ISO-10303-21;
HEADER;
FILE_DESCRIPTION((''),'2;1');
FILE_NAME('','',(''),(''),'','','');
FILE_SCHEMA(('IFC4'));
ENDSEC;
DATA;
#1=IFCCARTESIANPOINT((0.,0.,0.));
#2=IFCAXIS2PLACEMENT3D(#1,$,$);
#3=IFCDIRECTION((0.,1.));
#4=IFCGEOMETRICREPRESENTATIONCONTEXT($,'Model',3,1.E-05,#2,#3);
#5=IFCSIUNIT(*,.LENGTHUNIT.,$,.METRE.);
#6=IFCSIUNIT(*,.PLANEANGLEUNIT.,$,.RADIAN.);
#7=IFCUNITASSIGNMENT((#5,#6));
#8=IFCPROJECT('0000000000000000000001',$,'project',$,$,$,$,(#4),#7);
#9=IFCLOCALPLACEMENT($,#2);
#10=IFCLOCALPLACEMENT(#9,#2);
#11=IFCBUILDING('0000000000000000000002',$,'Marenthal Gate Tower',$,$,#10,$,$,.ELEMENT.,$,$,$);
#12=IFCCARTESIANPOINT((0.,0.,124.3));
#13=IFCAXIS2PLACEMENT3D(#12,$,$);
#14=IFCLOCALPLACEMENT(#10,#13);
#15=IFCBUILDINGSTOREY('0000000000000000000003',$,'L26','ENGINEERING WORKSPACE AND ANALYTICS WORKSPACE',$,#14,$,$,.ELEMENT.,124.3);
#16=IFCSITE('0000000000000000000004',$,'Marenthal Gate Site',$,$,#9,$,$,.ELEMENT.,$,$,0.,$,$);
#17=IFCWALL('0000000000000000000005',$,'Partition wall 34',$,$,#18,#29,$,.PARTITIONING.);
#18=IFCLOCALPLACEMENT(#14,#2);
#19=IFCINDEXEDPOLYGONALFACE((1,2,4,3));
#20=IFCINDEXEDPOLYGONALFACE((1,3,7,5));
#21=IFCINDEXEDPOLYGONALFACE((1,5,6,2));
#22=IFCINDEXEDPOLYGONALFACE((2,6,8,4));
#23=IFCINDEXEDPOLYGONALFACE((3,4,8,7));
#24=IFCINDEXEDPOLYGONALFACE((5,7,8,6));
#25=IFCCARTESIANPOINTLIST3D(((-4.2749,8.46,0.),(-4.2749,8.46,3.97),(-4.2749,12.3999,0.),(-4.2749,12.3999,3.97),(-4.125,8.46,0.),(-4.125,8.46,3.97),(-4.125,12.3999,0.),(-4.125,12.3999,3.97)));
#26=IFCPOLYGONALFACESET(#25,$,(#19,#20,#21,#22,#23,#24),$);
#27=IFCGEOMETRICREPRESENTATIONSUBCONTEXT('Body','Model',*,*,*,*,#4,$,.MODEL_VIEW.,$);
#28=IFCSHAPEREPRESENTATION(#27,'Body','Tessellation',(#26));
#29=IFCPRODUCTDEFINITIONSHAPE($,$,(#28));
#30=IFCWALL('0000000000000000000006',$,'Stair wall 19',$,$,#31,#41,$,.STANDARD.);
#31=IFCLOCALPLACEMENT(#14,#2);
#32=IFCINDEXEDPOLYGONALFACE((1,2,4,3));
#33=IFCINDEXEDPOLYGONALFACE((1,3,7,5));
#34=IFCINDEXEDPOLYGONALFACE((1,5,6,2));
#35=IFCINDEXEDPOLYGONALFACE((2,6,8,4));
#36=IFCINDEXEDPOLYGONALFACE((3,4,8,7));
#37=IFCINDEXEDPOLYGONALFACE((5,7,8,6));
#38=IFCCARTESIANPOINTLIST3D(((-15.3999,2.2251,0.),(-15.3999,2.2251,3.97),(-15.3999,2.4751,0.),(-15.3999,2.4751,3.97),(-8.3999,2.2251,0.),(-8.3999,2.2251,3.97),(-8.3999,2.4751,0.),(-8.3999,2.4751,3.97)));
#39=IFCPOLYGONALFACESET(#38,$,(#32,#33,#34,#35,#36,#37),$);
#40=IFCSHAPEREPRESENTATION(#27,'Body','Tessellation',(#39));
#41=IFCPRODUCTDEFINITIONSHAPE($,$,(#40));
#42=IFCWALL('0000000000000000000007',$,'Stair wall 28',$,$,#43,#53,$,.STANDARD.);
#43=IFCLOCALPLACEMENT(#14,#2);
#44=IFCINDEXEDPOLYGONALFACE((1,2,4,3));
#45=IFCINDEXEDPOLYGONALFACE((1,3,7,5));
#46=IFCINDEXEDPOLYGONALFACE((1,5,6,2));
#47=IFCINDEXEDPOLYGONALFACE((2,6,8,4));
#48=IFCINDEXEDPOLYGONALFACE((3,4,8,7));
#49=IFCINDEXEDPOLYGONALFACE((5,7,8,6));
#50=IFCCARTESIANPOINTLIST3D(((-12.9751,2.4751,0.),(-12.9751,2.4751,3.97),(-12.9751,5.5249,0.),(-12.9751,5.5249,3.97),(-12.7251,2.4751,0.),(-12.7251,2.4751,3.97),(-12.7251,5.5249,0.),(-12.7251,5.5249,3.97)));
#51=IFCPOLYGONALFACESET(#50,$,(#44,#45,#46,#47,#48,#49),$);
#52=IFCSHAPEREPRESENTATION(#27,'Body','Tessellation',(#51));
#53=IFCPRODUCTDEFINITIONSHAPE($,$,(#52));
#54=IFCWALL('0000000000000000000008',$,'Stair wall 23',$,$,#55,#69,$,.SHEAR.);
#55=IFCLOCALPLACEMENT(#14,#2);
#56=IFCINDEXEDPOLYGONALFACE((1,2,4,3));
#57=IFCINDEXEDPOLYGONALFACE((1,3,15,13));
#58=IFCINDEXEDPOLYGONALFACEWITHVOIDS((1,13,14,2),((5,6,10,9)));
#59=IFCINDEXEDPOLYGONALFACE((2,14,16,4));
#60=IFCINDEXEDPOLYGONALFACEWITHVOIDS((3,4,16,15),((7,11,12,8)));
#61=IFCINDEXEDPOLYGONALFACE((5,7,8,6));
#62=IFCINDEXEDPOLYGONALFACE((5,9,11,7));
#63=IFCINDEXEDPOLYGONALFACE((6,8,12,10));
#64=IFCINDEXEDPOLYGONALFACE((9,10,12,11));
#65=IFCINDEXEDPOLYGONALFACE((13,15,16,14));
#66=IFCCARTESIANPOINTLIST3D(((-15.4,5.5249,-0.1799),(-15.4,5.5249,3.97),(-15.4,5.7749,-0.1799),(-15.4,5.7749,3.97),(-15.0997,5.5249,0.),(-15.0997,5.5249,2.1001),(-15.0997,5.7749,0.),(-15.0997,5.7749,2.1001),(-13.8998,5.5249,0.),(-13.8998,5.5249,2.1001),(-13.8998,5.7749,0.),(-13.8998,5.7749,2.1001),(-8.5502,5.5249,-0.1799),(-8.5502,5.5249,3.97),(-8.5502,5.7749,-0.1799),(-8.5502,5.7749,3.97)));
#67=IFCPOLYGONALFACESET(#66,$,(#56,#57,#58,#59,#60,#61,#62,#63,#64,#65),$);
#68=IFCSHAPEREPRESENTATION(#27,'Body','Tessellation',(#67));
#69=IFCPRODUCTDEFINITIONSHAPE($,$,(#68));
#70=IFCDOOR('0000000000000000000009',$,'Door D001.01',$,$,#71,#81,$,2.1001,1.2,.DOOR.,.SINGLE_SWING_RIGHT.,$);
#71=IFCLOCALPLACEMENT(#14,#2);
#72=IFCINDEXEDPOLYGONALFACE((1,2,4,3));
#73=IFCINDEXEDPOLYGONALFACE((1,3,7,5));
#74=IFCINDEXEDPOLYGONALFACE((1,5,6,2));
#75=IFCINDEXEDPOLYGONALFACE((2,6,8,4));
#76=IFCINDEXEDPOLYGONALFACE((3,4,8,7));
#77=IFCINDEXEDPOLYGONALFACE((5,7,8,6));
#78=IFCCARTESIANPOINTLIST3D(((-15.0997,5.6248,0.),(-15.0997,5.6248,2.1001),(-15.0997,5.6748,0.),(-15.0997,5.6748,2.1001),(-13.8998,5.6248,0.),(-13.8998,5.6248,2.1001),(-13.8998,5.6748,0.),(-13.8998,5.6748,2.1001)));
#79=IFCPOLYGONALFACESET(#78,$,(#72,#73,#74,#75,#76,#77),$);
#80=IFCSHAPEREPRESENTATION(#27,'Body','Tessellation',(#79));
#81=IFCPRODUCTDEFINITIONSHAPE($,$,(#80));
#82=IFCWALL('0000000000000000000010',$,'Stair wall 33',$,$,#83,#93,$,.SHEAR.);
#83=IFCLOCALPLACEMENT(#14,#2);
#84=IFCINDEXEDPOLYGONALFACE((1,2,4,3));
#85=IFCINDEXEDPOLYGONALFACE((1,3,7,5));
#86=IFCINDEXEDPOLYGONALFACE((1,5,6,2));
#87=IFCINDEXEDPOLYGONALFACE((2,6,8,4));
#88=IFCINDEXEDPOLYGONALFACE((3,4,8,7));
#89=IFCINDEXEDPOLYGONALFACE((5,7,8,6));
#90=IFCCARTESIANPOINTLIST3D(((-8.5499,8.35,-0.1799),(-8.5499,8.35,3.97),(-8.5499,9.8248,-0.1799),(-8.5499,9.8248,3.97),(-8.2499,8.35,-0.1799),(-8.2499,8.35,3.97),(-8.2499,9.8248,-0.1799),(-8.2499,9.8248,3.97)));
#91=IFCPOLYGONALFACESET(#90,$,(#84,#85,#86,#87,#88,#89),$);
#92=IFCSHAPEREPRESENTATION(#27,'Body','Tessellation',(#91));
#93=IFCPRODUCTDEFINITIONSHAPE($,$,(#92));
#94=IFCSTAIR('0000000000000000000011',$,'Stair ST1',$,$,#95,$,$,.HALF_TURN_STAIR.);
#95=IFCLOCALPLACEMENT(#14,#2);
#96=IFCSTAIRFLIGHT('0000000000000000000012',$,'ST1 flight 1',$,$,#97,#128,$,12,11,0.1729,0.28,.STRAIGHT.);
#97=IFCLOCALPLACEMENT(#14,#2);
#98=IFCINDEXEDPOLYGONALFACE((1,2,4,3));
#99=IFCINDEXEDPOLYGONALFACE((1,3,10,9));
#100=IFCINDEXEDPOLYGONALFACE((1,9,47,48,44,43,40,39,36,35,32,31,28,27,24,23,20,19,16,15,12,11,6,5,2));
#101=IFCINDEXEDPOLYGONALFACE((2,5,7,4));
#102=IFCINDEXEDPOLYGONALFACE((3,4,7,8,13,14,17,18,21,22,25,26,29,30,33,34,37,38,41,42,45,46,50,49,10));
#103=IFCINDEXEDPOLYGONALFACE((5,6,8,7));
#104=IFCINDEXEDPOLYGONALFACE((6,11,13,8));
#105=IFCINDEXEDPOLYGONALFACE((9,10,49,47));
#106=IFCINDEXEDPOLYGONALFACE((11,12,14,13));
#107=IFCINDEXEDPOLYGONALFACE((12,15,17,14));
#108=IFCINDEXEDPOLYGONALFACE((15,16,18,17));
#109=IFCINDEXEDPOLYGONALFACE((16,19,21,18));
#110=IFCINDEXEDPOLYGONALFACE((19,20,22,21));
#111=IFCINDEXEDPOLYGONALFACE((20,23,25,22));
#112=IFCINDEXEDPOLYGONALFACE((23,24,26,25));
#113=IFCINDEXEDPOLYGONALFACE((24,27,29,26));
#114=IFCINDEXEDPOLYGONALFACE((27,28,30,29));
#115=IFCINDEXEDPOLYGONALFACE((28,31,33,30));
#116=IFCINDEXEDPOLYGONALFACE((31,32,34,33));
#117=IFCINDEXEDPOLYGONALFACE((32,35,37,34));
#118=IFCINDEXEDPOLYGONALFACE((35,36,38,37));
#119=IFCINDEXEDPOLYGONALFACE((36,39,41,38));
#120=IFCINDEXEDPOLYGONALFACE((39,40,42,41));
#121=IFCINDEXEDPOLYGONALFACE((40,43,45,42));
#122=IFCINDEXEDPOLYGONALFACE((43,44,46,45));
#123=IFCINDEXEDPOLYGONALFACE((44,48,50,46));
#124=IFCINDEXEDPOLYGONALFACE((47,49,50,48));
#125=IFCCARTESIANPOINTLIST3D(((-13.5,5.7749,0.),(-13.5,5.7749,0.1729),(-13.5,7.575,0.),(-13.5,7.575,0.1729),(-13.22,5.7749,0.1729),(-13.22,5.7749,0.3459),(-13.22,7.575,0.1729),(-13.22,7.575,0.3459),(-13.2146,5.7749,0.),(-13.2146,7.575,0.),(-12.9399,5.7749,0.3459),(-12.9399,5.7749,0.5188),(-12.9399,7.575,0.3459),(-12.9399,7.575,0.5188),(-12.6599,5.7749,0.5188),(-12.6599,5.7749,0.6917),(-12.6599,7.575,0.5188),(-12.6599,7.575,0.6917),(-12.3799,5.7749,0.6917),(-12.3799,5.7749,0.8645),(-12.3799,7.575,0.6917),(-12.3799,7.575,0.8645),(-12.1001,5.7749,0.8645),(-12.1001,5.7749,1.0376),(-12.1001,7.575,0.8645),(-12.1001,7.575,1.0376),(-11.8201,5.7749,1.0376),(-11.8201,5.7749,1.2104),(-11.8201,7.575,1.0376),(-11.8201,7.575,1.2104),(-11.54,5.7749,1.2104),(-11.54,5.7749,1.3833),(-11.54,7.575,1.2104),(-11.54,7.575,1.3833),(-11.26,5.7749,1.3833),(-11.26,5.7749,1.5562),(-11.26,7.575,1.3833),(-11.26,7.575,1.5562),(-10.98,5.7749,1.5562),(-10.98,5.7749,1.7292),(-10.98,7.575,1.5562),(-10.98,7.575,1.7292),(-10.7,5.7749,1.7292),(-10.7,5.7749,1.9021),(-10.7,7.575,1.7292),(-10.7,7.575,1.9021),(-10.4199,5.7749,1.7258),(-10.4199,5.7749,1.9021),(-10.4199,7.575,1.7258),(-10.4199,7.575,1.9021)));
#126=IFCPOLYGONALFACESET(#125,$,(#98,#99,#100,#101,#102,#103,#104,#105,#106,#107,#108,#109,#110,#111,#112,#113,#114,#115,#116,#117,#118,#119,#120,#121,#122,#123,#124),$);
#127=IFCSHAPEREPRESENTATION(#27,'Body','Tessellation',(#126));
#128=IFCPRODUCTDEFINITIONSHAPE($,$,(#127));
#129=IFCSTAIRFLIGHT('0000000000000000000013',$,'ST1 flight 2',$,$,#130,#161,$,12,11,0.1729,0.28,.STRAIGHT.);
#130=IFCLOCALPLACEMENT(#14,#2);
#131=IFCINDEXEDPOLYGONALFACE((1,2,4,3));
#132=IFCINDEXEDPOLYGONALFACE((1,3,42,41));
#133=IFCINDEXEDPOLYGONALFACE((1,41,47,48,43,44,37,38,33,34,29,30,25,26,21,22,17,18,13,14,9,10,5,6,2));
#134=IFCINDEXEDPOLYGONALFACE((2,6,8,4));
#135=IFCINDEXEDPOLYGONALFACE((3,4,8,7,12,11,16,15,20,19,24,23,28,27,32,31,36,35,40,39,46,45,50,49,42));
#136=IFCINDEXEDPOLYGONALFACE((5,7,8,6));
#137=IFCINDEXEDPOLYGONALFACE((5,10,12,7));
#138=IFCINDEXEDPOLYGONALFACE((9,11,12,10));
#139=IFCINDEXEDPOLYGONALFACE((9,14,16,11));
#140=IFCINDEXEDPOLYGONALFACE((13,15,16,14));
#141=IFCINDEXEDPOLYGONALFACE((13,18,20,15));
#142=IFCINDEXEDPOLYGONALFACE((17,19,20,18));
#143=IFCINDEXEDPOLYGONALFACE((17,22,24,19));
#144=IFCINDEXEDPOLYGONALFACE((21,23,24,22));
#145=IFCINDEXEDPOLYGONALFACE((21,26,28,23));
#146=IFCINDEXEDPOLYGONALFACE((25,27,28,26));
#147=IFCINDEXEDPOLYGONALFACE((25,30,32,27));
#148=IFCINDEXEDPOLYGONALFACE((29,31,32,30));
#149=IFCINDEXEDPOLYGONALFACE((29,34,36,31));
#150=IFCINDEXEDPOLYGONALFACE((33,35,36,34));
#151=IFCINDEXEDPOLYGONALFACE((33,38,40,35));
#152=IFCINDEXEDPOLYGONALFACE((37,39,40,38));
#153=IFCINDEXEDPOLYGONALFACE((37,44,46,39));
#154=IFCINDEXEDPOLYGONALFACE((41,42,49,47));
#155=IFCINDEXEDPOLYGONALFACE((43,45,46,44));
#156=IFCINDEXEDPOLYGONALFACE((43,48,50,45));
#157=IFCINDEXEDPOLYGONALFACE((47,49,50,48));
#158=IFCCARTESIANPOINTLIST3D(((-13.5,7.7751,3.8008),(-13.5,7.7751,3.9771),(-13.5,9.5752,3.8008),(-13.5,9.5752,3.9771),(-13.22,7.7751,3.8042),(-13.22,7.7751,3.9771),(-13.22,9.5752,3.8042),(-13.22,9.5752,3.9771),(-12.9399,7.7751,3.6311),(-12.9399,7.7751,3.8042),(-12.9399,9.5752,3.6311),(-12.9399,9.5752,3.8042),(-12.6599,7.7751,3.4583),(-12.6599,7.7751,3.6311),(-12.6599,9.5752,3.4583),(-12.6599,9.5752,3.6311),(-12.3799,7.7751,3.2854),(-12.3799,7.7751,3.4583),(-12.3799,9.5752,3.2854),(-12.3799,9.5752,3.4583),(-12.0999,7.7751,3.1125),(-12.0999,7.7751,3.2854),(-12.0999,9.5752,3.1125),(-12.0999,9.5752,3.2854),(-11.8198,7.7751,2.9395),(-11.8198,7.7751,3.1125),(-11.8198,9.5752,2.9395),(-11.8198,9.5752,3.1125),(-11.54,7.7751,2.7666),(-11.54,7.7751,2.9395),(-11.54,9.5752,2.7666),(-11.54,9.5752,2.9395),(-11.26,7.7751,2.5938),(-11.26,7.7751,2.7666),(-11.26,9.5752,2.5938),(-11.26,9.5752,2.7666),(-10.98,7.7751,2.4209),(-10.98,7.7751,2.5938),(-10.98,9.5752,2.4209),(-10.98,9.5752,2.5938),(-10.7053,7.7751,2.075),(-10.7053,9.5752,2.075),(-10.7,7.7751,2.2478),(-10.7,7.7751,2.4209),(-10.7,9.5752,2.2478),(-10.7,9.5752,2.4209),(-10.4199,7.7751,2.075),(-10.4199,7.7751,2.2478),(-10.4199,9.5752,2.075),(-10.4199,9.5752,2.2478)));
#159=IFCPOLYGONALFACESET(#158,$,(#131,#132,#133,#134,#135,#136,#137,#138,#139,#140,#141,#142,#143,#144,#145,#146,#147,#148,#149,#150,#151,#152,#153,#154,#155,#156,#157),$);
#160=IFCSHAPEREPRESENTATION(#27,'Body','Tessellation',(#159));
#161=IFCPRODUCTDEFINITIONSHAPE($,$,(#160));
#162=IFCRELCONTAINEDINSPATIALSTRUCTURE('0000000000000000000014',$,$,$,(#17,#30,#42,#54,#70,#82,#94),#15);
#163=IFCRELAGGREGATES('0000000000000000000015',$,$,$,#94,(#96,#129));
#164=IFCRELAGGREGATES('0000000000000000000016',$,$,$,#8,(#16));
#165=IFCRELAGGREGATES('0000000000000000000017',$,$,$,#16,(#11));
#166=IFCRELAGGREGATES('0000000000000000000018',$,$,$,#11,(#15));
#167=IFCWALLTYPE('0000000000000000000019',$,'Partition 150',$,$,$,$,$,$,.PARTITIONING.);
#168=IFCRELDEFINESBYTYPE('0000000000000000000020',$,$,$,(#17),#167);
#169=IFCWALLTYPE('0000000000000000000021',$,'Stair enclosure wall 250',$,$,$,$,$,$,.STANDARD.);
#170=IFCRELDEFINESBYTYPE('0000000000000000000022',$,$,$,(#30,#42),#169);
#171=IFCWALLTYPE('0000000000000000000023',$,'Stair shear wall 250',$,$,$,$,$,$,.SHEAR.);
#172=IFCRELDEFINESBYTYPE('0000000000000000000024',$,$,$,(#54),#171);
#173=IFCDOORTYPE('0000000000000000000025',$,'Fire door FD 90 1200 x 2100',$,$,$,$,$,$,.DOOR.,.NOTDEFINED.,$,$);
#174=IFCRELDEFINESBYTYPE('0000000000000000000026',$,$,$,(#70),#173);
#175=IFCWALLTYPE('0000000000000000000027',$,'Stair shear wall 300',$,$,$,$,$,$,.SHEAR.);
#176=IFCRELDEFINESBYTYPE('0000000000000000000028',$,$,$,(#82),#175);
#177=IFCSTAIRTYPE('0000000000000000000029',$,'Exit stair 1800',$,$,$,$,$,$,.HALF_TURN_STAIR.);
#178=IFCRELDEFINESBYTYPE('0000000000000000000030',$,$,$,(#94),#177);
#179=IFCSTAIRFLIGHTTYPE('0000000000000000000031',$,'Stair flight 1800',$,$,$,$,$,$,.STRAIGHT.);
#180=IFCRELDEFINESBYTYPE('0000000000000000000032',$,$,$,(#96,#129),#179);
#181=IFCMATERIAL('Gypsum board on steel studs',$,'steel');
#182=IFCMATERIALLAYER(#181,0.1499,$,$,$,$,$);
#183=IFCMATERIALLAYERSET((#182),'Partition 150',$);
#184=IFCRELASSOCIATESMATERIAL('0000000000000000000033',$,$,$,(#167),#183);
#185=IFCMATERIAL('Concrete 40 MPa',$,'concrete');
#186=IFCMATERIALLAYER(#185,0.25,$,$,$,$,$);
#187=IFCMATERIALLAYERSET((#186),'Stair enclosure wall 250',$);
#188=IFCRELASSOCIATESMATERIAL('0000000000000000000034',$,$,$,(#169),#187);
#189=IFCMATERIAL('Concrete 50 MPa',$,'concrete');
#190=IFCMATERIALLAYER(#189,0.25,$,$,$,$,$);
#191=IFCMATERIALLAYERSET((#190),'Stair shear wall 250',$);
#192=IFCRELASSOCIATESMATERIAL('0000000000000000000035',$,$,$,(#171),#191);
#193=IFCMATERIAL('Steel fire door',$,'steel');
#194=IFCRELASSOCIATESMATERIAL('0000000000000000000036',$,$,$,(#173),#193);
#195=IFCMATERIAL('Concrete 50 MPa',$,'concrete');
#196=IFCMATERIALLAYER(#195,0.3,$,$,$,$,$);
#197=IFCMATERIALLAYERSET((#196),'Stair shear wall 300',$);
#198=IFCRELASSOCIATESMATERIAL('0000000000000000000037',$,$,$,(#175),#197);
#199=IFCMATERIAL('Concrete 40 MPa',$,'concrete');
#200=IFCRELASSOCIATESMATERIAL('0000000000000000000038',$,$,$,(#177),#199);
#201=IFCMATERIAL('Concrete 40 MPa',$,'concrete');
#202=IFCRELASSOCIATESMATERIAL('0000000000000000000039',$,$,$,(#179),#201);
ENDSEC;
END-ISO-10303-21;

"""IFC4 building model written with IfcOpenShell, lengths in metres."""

from ifc_helpers import new_model, si_unit, direction, frame, frame_2d, origin, place, context, subcontext, project, spatial, polyline, rectangle, outline, extrude, material, layer, layer_set, type_object, element, fill, aggregate, save


model = new_model("IFC4")

# Units and contexts
model_context = context("Model", 3, precision=1e-05, world=origin(), true_north=direction((0.0, 1.0)))
body_context = subcontext(model_context, "Body", "Model", "MODEL_VIEW")
ifc_project = project(units=[si_unit("LENGTHUNIT", "METRE"), si_unit("PLANEANGLEUNIT", "RADIAN")], contexts=[model_context])

# Site, building, storey
site_placement = place(None, origin())
site = spatial("IfcSite", under=ifc_project, at=site_placement, Name="Marenthal Gate Site", CompositionType="ELEMENT", RefElevation=0.0)
building_placement = place(site_placement, origin())
building = spatial("IfcBuilding", under=site, at=building_placement, Name="Marenthal Gate Tower", CompositionType="ELEMENT")
storey_placement = place(building_placement, frame((0.0, 0.0, 124.3)))
storey = spatial("IfcBuildingStorey", under=building, at=storey_placement, Name="L26", Description="ENGINEERING WORKSPACE AND ANALYTICS WORKSPACE", CompositionType="ELEMENT", Elevation=124.3)

# Walls
ifc_material_1 = material(Name="Gypsum board on steel studs", Category="steel")
ifc_layer_1 = layer(ifc_material_1, 0.1499)
ifc_layer_set_1 = layer_set([ifc_layer_1], Name="Partition 150")
wall_type_1 = type_object("IfcWallType", Name="Partition 150", PredefinedType="PARTITIONING", material=ifc_layer_set_1)
wall_1_placement = place(storey_placement, frame((-4.2, 8.46, 0.0), z_axis=(0.0, 0.0, 1.0), x_axis=(0.0, 1.0, 0.0)))
element("IfcWall", 1, at=wall_1_placement, inside=storey, type_object=wall_type_1, Name="Partition wall 34", PredefinedType="PARTITIONING", context=body_context, shape_type="SweptSolid", body=[
    extrude(rectangle(XDim=3.9399, YDim=0.1499, at=frame_2d((1.97, 0.0))), origin(), (0.0, 0.0, 1.0), 3.97),
])
ifc_material_2 = material(Name="Concrete 40 MPa", Category="concrete")
ifc_layer_2 = layer(ifc_material_2, 0.25)
ifc_layer_set_2 = layer_set([ifc_layer_2], Name="Stair enclosure wall 250")
wall_type_2 = type_object("IfcWallType", Name="Stair enclosure wall 250", PredefinedType="STANDARD", material=ifc_layer_set_2)
wall_2_placement = place(storey_placement, frame((-15.3999, 2.3501, 0.0), z_axis=(0.0, 0.0, 1.0), x_axis=(1.0, 0.0, 0.0)))
element("IfcWall", 2, at=wall_2_placement, inside=storey, type_object=wall_type_2, Name="Stair wall 19", PredefinedType="STANDARD", context=body_context, shape_type="SweptSolid", body=[
    extrude(rectangle(XDim=7.0, YDim=0.25, at=frame_2d((3.5, 0.0))), origin(), (0.0, 0.0, 1.0), 3.97),
])
wall_3_placement = place(storey_placement, frame((-12.8501, 2.4751, 0.0), z_axis=(0.0, 0.0, 1.0), x_axis=(0.0, 1.0, 0.0)))
element("IfcWall", 3, at=wall_3_placement, inside=storey, type_object=wall_type_2, Name="Stair wall 28", PredefinedType="STANDARD", context=body_context, shape_type="SweptSolid", body=[
    extrude(rectangle(XDim=3.0498, YDim=0.25, at=frame_2d((1.5249, 0.0))), origin(), (0.0, 0.0, 1.0), 3.97),
])

# Wall, opening, door
ifc_material_3 = material(Name="Concrete 50 MPa", Category="concrete")
ifc_layer_3 = layer(ifc_material_3, 0.25)
ifc_layer_set_3 = layer_set([ifc_layer_3], Name="Stair shear wall 250")
wall_type_3 = type_object("IfcWallType", Name="Stair shear wall 250", PredefinedType="SHEAR", material=ifc_layer_set_3)
wall_4_placement = place(storey_placement, frame((-15.3999, 5.6499, -0.1799), z_axis=(0.0, 0.0, 1.0), x_axis=(1.0, 0.0, 0.0)))
wall_4 = element("IfcWall", 4, at=wall_4_placement, inside=storey, type_object=wall_type_3, Name="Stair wall 23", PredefinedType="SHEAR", context=body_context, shape_type="SweptSolid", body=[
    extrude(rectangle(XDim=6.8499, YDim=0.25, at=frame_2d((3.4248, 0.0))), origin(), (0.0, 0.0, 1.0), 4.1499),
])
opening_1_placement = place(wall_4_placement, frame((0.3, 0.0, 0.1799)))
opening_1 = element("IfcOpeningElement", 5, at=opening_1_placement, cuts=wall_4, PredefinedType="OPENING", context=body_context, shape_type="SweptSolid", body=[
    extrude(rectangle(XDim=1.2, YDim=2.1001, at=frame_2d((0.6001, 1.05))), frame((0.0, 0.135, 0.0), z_axis=(0.0, -1.0, 0.0), x_axis=(1.0, 0.0, 0.0)), (0.0, 0.0, 1.0), 0.27),
])
ifc_material_4 = material(Name="Steel fire door", Category="steel")
door_type_1 = type_object("IfcDoorType", Name="Fire door FD 90 1200 x 2100", OperationType="NOTDEFINED", PredefinedType="DOOR", material=ifc_material_4)
door_1_placement = place(opening_1_placement, origin())
door_1 = element("IfcDoor", 6, at=door_1_placement, inside=storey, type_object=door_type_1, Name="Door D001.01", OperationType="SINGLE_SWING_RIGHT", OverallHeight=2.1001, OverallWidth=1.2, PredefinedType="DOOR", context=body_context, shape_type="SweptSolid", body=[
    extrude(rectangle(XDim=1.2, YDim=2.1001, at=frame_2d((0.6001, 1.05))), frame((0.0, 0.0249, 0.0), z_axis=(0.0, -1.0, 0.0), x_axis=(1.0, 0.0, 0.0)), (0.0, 0.0, 1.0), 0.05),
])
fill(opening_1, door_1)

# Wall
ifc_material_5 = material(Name="Concrete 50 MPa", Category="concrete")
ifc_layer_4 = layer(ifc_material_5, 0.3)
ifc_layer_set_4 = layer_set([ifc_layer_4], Name="Stair shear wall 300")
wall_type_4 = type_object("IfcWallType", Name="Stair shear wall 300", PredefinedType="SHEAR", material=ifc_layer_set_4)
wall_5_placement = place(storey_placement, frame((-8.3999, 8.3501, -0.1799), z_axis=(0.0, 0.0, 1.0), x_axis=(0.0, 1.0, 0.0)))
element("IfcWall", 7, at=wall_5_placement, inside=storey, type_object=wall_type_4, Name="Stair wall 33", PredefinedType="SHEAR", context=body_context, shape_type="SweptSolid", body=[
    extrude(rectangle(XDim=1.4749, YDim=0.3, at=frame_2d((0.7373, 0.0))), origin(), (0.0, 0.0, 1.0), 4.1499),
])

# Stair, stair flights
ifc_material_6 = material(Name="Concrete 40 MPa", Category="concrete")
stair_type = type_object("IfcStairType", Name="Exit stair 1800", PredefinedType="HALF_TURN_STAIR", material=ifc_material_6)
stair_placement = place(storey_placement, origin())
stair = element("IfcStair", 8, at=stair_placement, inside=storey, type_object=stair_type, Name="Stair ST1", PredefinedType="HALF_TURN_STAIR")
ifc_material_7 = material(Name="Concrete 40 MPa", Category="concrete")
stair_flight_type = type_object("IfcStairFlightType", Name="Stair flight 1800", PredefinedType="STRAIGHT", material=ifc_material_7)
stair_flight_1_placement = place(storey_placement, frame((-13.5, 6.675, 0.0), z_axis=(0.0, 0.0, 1.0), x_axis=(1.0, 0.0, 0.0)))
stair_flight_1 = element("IfcStairFlight", 9, at=stair_flight_1_placement, type_object=stair_flight_type, Name="ST1 flight 1", NumberOfRisers=12, NumberOfTreads=11, PredefinedType="STRAIGHT", RiserHeight=0.1729, TreadLength=0.28, context=body_context, shape_type="SweptSolid", body=[
    extrude(outline(polyline([(0.0, 0.0), (0.0, 0.1729), (0.28, 0.1729), (0.28, 0.3459), (0.5601, 0.3459), (0.5601, 0.5188), (0.8401, 0.5188), (0.8401, 0.6917), (1.1201, 0.6917), (1.1201, 0.8645), (1.3999, 0.8645), (1.3999, 1.0376), (1.6799, 1.0376), (1.6799, 1.2104), (1.96, 1.2104), (1.96, 1.3833), (2.24, 1.3833), (2.24, 1.5562), (2.52, 1.5562), (2.52, 1.7292), (2.8, 1.7292), (2.8, 1.9021), (3.0801, 1.9021), (3.0801, 2.075), (3.0801, 1.7258), (0.2854, 0.0), (0.0, 0.0)])), frame((0.0, 0.8999, 0.0), z_axis=(0.0, -1.0, 0.0), x_axis=(1.0, 0.0, 0.0)), (0.0, 0.0, 1.0), 1.8),
])
stair_flight_2_placement = place(storey_placement, frame((-10.4199, 8.675, 2.075), z_axis=(0.0, 0.0, 1.0), x_axis=(-1.0, 0.0, 0.0)))
stair_flight_2 = element("IfcStairFlight", 10, at=stair_flight_2_placement, type_object=stair_flight_type, Name="ST1 flight 2", NumberOfRisers=12, NumberOfTreads=11, PredefinedType="STRAIGHT", RiserHeight=0.1729, TreadLength=0.28, context=body_context, shape_type="SweptSolid", body=[
    extrude(outline(polyline([(0.0, 0.0), (0.0, 0.1729), (0.28, 0.1729), (0.28, 0.3459), (0.5601, 0.3459), (0.5601, 0.5188), (0.8401, 0.5188), (0.8401, 0.6917), (1.1201, 0.6917), (1.1201, 0.8645), (1.3999, 0.8645), (1.3999, 1.0376), (1.6799, 1.0376), (1.6799, 1.2104), (1.96, 1.2104), (1.96, 1.3833), (2.24, 1.3833), (2.24, 1.5562), (2.52, 1.5562), (2.52, 1.7292), (2.8, 1.7292), (2.8, 1.9021), (3.0801, 1.9021), (3.0801, 2.075), (3.0801, 1.7258), (0.2854, 0.0), (0.0, 0.0)])), frame((0.0, 0.8999, 0.0), z_axis=(0.0, -1.0, 0.0), x_axis=(1.0, 0.0, 0.0)), (0.0, 0.0, 1.0), 1.8),
])
aggregate(stair, [stair_flight_1, stair_flight_2])

save(model, "model.ifc")
